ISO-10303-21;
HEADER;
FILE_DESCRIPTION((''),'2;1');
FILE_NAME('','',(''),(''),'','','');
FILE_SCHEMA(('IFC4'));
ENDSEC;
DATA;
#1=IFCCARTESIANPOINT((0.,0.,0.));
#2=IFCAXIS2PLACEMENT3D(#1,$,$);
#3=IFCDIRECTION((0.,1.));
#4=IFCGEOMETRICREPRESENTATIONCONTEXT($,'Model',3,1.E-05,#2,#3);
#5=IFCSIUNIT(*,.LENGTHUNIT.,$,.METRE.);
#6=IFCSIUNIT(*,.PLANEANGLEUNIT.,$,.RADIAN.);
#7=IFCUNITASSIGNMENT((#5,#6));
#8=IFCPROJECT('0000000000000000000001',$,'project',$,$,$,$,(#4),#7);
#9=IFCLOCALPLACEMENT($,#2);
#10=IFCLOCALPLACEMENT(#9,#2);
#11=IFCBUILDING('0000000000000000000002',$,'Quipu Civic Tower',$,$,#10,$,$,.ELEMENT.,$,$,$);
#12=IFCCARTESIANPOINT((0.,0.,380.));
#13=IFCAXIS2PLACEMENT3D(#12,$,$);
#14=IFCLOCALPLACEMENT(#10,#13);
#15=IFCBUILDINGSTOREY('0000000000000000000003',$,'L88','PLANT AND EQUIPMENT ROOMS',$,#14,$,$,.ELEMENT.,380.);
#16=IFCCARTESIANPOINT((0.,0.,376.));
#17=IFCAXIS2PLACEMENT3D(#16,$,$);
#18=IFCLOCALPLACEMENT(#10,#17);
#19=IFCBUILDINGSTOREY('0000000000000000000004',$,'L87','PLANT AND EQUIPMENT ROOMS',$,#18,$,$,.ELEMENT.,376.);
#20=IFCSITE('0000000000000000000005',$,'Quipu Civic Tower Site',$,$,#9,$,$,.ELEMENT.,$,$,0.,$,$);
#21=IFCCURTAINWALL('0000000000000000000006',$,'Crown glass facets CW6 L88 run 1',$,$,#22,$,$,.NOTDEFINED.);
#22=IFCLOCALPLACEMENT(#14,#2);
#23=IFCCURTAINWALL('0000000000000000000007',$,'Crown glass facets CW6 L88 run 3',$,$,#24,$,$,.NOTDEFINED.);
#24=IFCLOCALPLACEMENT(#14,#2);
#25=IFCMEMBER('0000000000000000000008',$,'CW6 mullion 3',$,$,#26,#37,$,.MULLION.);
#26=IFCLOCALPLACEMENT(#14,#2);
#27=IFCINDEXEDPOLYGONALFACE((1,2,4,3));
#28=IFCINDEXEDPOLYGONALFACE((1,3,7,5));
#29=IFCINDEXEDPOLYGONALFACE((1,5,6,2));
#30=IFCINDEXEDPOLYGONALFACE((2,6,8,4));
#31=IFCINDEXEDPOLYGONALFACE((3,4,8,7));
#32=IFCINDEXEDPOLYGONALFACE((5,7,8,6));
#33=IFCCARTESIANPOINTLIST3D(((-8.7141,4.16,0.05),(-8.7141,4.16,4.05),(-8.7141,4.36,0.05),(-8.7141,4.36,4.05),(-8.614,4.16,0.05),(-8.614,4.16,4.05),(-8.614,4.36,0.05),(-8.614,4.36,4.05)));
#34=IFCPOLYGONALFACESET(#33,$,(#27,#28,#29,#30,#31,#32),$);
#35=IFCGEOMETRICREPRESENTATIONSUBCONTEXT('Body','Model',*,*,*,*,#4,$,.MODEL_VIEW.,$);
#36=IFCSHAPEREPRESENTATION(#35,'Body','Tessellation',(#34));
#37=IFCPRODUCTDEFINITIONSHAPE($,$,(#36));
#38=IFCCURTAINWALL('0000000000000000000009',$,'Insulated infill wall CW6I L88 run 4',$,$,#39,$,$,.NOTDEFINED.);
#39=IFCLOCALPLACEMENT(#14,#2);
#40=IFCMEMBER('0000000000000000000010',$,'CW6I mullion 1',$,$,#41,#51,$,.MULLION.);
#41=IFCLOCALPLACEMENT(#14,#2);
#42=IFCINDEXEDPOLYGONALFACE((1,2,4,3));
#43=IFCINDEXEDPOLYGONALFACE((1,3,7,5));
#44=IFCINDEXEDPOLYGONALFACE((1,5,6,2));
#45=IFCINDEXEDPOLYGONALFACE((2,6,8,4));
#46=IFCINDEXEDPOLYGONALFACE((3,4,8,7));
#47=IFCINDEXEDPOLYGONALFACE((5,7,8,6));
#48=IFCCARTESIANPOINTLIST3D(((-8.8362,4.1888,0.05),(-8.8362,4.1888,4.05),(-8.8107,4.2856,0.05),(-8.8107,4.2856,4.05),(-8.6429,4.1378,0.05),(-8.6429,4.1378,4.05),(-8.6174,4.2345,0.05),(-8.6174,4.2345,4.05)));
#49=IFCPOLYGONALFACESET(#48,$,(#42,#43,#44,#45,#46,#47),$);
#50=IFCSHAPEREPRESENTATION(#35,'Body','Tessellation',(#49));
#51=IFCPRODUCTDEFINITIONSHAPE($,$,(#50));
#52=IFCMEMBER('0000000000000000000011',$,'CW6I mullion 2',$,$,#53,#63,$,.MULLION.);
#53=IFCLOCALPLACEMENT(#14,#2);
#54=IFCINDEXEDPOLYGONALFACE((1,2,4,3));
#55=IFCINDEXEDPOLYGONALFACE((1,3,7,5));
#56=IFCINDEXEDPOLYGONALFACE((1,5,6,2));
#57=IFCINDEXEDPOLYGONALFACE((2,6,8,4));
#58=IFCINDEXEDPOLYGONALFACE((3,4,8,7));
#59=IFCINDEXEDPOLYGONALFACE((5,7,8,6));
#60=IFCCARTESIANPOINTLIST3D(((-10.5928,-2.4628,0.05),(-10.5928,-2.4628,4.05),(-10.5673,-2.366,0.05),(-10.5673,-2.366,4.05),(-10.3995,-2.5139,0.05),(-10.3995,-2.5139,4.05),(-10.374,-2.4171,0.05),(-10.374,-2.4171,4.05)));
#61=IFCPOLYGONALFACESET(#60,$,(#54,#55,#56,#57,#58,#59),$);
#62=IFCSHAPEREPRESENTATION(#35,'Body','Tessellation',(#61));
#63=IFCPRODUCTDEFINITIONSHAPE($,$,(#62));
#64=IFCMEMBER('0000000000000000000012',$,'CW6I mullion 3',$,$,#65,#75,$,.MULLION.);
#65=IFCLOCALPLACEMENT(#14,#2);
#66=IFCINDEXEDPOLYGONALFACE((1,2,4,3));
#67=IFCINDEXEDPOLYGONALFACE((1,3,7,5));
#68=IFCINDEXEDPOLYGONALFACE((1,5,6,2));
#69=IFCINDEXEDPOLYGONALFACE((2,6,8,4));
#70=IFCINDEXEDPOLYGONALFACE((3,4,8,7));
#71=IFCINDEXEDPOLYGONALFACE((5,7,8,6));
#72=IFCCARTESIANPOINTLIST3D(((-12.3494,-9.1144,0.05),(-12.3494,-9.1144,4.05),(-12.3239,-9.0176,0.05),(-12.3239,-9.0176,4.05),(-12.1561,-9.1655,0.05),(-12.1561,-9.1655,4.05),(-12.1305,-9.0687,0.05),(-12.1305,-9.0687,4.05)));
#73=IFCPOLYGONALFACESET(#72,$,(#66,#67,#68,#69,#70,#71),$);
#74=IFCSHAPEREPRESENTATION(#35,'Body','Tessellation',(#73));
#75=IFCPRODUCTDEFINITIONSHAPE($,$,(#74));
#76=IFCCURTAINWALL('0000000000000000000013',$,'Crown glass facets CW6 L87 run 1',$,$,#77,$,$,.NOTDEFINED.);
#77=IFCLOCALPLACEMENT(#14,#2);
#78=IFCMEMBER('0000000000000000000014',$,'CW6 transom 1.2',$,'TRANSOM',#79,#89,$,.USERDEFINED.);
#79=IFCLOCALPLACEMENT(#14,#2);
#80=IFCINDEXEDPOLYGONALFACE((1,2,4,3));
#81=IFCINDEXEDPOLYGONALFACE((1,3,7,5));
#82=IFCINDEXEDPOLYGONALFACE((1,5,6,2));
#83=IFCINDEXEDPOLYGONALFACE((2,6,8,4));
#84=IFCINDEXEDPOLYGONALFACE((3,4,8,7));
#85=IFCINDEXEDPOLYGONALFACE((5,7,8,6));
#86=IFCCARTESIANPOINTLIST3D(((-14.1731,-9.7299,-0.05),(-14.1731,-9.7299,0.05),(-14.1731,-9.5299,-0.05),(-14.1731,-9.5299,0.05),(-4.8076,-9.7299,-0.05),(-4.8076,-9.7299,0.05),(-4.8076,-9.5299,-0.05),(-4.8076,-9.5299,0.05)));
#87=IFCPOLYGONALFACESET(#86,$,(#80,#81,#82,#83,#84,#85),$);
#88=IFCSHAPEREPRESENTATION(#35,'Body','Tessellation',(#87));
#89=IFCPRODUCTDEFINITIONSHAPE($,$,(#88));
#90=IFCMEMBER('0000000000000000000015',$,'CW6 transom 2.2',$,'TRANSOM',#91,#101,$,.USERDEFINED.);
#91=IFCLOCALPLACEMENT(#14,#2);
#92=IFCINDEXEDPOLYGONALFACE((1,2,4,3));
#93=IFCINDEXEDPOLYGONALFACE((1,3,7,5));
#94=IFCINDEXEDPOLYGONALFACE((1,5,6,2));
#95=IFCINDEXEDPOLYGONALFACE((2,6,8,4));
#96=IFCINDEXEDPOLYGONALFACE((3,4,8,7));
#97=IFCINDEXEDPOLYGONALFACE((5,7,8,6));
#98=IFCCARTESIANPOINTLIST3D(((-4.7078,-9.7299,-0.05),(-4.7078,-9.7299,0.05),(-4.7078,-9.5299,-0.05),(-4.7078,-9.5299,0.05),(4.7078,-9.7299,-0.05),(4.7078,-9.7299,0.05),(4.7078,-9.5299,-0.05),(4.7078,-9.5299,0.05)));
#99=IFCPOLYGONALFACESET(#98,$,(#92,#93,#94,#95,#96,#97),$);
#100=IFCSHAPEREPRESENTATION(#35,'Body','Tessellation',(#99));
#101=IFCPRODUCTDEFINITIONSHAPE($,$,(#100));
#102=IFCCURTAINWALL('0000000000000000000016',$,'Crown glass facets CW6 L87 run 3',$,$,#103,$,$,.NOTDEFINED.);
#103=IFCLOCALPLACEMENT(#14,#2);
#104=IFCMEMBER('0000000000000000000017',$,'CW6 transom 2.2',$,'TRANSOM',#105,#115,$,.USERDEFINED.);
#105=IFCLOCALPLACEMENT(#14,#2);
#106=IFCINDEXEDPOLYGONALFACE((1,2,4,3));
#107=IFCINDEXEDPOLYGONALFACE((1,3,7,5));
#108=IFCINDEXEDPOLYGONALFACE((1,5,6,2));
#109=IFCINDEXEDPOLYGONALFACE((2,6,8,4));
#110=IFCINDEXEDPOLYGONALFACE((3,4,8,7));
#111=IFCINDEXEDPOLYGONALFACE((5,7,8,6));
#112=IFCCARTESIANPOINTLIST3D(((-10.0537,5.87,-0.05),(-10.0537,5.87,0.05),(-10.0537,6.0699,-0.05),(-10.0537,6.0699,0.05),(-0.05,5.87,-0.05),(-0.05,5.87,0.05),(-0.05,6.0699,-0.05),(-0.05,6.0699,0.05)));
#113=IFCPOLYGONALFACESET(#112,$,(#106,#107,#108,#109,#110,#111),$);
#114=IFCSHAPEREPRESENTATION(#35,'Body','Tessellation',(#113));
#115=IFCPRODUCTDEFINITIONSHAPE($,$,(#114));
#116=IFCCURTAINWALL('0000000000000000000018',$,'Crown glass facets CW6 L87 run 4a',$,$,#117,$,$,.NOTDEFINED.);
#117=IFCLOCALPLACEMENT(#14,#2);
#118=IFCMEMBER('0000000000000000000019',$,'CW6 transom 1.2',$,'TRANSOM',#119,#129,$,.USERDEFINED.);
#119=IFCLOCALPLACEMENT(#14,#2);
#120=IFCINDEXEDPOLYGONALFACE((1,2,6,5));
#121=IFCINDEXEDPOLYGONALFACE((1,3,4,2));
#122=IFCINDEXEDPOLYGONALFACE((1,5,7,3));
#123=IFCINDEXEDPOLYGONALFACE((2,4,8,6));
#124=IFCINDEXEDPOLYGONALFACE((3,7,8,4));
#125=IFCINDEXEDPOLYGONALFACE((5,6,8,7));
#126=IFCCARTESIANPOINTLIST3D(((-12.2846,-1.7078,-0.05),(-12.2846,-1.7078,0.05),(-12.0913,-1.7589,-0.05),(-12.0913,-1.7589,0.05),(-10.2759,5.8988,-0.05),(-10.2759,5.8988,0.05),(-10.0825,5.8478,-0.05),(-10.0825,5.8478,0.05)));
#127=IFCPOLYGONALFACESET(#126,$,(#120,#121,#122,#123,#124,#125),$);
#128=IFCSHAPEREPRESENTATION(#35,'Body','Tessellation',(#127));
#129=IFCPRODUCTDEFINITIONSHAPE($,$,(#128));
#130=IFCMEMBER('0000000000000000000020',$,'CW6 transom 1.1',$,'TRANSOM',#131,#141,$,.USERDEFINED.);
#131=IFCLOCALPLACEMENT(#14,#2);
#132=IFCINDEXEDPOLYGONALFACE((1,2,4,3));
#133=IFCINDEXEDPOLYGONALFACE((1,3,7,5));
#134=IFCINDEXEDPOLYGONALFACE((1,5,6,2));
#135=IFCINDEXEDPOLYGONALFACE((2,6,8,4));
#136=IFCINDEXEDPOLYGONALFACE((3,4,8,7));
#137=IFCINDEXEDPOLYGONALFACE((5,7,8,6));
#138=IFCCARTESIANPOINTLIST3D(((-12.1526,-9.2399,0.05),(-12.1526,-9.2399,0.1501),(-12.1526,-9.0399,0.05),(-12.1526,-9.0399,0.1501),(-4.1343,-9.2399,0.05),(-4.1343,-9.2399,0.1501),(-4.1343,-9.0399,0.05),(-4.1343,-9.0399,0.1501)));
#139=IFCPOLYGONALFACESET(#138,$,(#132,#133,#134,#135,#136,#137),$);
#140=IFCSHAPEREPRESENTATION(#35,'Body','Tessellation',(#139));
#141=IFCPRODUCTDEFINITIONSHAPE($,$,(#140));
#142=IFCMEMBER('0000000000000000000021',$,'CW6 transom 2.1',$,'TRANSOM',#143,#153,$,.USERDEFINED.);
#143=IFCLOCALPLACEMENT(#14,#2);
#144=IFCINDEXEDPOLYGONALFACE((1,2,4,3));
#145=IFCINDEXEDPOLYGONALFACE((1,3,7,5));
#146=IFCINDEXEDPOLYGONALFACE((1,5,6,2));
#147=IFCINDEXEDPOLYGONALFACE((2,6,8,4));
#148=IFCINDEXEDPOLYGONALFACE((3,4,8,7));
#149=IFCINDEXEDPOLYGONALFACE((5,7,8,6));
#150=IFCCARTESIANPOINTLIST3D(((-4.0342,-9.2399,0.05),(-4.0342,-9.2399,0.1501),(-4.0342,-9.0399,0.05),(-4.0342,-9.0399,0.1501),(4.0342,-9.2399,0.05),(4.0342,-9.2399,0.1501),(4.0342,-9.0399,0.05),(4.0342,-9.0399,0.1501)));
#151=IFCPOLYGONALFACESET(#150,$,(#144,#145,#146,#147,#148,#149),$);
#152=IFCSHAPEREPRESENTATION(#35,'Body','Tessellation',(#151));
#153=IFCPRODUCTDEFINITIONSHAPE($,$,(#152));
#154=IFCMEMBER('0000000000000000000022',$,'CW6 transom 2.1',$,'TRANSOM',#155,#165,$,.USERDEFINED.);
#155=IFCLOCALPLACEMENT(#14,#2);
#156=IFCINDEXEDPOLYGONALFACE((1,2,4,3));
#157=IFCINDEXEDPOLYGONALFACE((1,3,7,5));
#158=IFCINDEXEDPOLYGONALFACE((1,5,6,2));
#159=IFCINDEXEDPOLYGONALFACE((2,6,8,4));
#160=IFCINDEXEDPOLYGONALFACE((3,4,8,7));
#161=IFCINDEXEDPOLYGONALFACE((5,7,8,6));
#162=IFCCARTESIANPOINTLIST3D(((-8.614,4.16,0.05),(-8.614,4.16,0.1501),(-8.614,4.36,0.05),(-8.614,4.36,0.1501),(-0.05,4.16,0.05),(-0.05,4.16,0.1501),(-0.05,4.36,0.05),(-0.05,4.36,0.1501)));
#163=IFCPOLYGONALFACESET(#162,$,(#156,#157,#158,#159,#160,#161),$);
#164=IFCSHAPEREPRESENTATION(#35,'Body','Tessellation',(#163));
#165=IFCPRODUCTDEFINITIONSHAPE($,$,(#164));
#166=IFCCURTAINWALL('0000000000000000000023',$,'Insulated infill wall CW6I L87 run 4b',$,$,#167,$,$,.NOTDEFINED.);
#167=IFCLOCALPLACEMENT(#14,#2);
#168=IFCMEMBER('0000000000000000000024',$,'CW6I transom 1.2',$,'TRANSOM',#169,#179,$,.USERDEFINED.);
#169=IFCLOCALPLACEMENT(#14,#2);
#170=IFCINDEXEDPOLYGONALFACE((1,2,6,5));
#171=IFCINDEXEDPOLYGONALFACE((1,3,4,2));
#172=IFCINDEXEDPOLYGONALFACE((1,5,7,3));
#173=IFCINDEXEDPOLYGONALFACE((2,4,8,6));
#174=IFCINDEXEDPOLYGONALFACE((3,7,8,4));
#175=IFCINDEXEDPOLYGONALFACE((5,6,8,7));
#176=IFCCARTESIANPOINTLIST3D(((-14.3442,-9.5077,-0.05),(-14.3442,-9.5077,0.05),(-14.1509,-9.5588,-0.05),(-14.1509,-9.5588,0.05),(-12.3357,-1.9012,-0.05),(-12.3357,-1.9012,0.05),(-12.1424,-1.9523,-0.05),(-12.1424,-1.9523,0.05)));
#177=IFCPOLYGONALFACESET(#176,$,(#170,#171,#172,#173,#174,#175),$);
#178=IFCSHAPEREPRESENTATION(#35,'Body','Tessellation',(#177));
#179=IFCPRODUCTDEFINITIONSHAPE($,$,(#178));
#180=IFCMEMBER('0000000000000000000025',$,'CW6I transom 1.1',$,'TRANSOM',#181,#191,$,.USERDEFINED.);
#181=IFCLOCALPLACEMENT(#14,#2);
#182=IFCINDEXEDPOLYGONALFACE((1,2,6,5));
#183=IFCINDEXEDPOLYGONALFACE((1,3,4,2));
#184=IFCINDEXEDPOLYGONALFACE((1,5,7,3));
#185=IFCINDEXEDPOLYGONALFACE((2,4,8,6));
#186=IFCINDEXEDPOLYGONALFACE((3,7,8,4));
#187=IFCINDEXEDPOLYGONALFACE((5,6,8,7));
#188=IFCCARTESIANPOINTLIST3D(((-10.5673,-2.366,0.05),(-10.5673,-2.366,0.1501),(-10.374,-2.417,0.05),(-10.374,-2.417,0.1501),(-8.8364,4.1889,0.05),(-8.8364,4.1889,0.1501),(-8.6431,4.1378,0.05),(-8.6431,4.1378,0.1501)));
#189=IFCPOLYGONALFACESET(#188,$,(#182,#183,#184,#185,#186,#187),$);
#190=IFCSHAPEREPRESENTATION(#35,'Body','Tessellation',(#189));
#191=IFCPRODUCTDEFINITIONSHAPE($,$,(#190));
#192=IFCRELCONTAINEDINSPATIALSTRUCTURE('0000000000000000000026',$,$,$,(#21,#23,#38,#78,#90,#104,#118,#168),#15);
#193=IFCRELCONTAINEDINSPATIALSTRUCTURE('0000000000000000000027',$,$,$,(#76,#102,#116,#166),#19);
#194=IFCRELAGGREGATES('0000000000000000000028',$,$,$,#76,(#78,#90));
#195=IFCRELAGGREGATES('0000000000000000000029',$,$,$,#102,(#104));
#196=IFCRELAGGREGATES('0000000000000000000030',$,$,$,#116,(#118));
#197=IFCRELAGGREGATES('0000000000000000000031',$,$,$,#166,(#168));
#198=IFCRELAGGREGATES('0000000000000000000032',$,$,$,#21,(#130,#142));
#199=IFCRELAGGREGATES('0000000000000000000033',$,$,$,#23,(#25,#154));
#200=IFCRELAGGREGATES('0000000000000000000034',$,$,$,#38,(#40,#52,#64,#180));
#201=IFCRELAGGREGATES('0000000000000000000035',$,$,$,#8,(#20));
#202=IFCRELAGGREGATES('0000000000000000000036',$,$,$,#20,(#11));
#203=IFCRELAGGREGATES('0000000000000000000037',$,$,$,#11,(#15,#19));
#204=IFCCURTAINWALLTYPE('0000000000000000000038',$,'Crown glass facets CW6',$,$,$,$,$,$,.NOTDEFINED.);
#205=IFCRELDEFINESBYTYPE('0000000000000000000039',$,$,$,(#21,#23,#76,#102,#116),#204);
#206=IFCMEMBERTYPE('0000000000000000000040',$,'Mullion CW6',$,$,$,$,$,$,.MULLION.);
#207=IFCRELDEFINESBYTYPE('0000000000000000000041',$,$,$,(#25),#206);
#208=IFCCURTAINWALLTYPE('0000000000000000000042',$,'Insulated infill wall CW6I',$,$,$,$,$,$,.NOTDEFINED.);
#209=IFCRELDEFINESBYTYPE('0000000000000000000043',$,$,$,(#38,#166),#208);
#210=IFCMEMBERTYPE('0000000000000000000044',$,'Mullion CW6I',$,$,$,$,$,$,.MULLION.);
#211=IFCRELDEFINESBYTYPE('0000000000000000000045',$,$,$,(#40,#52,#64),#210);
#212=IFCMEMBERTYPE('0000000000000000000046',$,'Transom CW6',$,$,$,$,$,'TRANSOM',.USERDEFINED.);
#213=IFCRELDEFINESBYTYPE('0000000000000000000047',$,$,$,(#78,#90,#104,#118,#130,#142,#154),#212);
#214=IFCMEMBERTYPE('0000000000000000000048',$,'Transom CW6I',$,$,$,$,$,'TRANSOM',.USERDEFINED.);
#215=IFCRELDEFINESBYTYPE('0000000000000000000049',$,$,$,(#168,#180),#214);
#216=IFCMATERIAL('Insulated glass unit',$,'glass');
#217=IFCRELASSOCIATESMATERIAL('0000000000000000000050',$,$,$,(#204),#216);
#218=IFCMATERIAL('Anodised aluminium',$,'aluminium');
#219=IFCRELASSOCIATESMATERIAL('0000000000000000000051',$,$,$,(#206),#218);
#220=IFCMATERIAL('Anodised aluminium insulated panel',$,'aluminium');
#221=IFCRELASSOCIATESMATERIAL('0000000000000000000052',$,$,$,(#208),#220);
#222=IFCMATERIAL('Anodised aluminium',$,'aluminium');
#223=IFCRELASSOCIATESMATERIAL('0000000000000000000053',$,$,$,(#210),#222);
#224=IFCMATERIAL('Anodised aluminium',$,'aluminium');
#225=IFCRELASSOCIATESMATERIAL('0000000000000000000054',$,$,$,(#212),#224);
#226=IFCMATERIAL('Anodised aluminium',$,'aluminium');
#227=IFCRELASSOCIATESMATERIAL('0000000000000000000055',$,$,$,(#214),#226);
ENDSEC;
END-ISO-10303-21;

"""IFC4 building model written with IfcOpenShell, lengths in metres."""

from ifc_helpers import new_model, si_unit, direction, frame, origin, origin_2d, place, context, subcontext, project, spatial, rectangle, extrude, material, material_profile, profile_set, type_object, element, aggregate, save


model = new_model("IFC4")

# Units and contexts
model_context = context("Model", 3, precision=1e-05, world=origin(), true_north=direction((0.0, 1.0)))
body_context = subcontext(model_context, "Body", "Model", "MODEL_VIEW")
ifc_project = project(units=[si_unit("LENGTHUNIT", "METRE"), si_unit("PLANEANGLEUNIT", "RADIAN")], contexts=[model_context])

# Site, building, storey
site_placement = place(None, origin())
site = spatial("IfcSite", under=ifc_project, at=site_placement, Name="Quipu Civic Tower Site", CompositionType="ELEMENT", RefElevation=0.0)
building_placement = place(site_placement, origin())
building = spatial("IfcBuilding", under=site, at=building_placement, Name="Quipu Civic Tower", CompositionType="ELEMENT")
storey_1_placement = place(building_placement, frame((0.0, 0.0, 380.0)))
storey_1 = spatial("IfcBuildingStorey", under=building, at=storey_1_placement, Name="L88", Description="PLANT AND EQUIPMENT ROOMS", CompositionType="ELEMENT", Elevation=380.0)

# Curtain wall
ifc_material_1 = material(Name="Insulated glass unit", Category="glass")
curtain_wall_type_1 = type_object("IfcCurtainWallType", Name="Crown glass facets CW6", PredefinedType="NOTDEFINED", material=ifc_material_1)
curtain_wall_1_placement = place(storey_1_placement, origin())
curtain_wall_1 = element("IfcCurtainWall", 1, at=curtain_wall_1_placement, inside=storey_1, type_object=curtain_wall_type_1, Name="Crown glass facets CW6 L88 run 1", PredefinedType="NOTDEFINED")
ifc_material_2 = material(Name="Anodised aluminium", Category="aluminium")
ifc_material_profile_1 = material_profile(ifc_material_2, rectangle(XDim=0.2, YDim=0.1001, at=origin_2d()), Name="RECT 200x100")
ifc_profile_set_1 = profile_set([ifc_material_profile_1], Name="Anodised aluminium")
member_type_1 = type_object("IfcMemberType", Name="Mullion CW6", PredefinedType="MULLION", material=ifc_profile_set_1)

# Curtain wall, member
curtain_wall_2_placement = place(storey_1_placement, origin())
curtain_wall_2 = element("IfcCurtainWall", 2, at=curtain_wall_2_placement, inside=storey_1, type_object=curtain_wall_type_1, Name="Crown glass facets CW6 L88 run 3", PredefinedType="NOTDEFINED")
member_1_placement = place(storey_1_placement, frame((-8.6641, 4.26, 0.05), z_axis=(0.0, 0.0, 1.0), x_axis=(0.0, -1.0, 0.0)))
member_1 = element("IfcMember", 3, at=member_1_placement, type_object=member_type_1, Name="CW6 mullion 3", PredefinedType="MULLION", context=body_context, shape_type="SweptSolid", body=[
    extrude(rectangle(XDim=0.2, YDim=0.1001, at=origin_2d()), origin(), (0.0, 0.0, 1.0), 4.0),
])

# Curtain wall, members
ifc_material_3 = material(Name="Anodised aluminium insulated panel", Category="aluminium")
curtain_wall_type_2 = type_object("IfcCurtainWallType", Name="Insulated infill wall CW6I", PredefinedType="NOTDEFINED", material=ifc_material_3)
curtain_wall_3_placement = place(storey_1_placement, origin())
curtain_wall_3 = element("IfcCurtainWall", 4, at=curtain_wall_3_placement, inside=storey_1, type_object=curtain_wall_type_2, Name="Insulated infill wall CW6I L88 run 4", PredefinedType="NOTDEFINED")
ifc_material_4 = material(Name="Anodised aluminium", Category="aluminium")
ifc_material_profile_2 = material_profile(ifc_material_4, rectangle(XDim=0.2, YDim=0.1001, at=origin_2d()), Name="RECT 200x100")
ifc_profile_set_2 = profile_set([ifc_material_profile_2], Name="Anodised aluminium")
member_type_2 = type_object("IfcMemberType", Name="Mullion CW6I", PredefinedType="MULLION", material=ifc_profile_set_2)
member_2_placement = place(storey_1_placement, frame((-8.7268, 4.2117, 0.05), z_axis=(0.0, 0.0, 1.0), x_axis=(0.966856, -0.255322, 0.0)))
member_2 = element("IfcMember", 5, at=member_2_placement, type_object=member_type_2, Name="CW6I mullion 1", PredefinedType="MULLION", context=body_context, shape_type="SweptSolid", body=[
    extrude(rectangle(XDim=0.2, YDim=0.1001, at=origin_2d()), origin(), (0.0, 0.0, 1.0), 4.0),
])
member_3_placement = place(storey_1_placement, frame((-10.4834, -2.4399, 0.05), z_axis=(0.0, 0.0, 1.0), x_axis=(0.966856, -0.255322, 0.0)))
member_3 = element("IfcMember", 6, at=member_3_placement, type_object=member_type_2, Name="CW6I mullion 2", PredefinedType="MULLION", context=body_context, shape_type="SweptSolid", body=[
    extrude(rectangle(XDim=0.2, YDim=0.1001, at=origin_2d()), origin(), (0.0, 0.0, 1.0), 4.0),
])
member_4_placement = place(storey_1_placement, frame((-12.24, -9.0916, 0.05), z_axis=(0.0, 0.0, 1.0), x_axis=(0.966856, -0.255322, 0.0)))
member_4 = element("IfcMember", 7, at=member_4_placement, type_object=member_type_2, Name="CW6I mullion 3", PredefinedType="MULLION", context=body_context, shape_type="SweptSolid", body=[
    extrude(rectangle(XDim=0.2, YDim=0.1001, at=origin_2d()), origin(), (0.0, 0.0, 1.0), 4.0),
])

# Shared definitions
storey_2_placement = place(building_placement, frame((0.0, 0.0, 376.0)))
storey_2 = spatial("IfcBuildingStorey", under=building, at=storey_2_placement, Name="L87", Description="PLANT AND EQUIPMENT ROOMS", CompositionType="ELEMENT", Elevation=376.0)

# Curtain wall, members
curtain_wall_4_placement = place(storey_2_placement, origin())
curtain_wall_4 = element("IfcCurtainWall", 8, at=curtain_wall_4_placement, inside=storey_2, type_object=curtain_wall_type_1, Name="Crown glass facets CW6 L87 run 1", PredefinedType="NOTDEFINED")
ifc_material_5 = material(Name="Anodised aluminium", Category="aluminium")
ifc_material_profile_3 = material_profile(ifc_material_5, rectangle(XDim=0.2, YDim=0.1001, at=origin_2d()), Name="RECT 200x100")
ifc_profile_set_3 = profile_set([ifc_material_profile_3], Name="Anodised aluminium")
member_type_3 = type_object("IfcMemberType", Name="Transom CW6", ElementType="TRANSOM", PredefinedType="USERDEFINED", material=ifc_profile_set_3)
member_5_placement = place(storey_1_placement, frame((-14.1731, -9.6299, 0.0), z_axis=(1.0, 0.0, 0.0), x_axis=(0.0, 1.0, 0.0)))
member_5 = element("IfcMember", 9, at=member_5_placement, inside=storey_1, type_object=member_type_3, Name="CW6 transom 1.2", ObjectType="TRANSOM", PredefinedType="USERDEFINED", context=body_context, shape_type="SweptSolid", body=[
    extrude(rectangle(XDim=0.2, YDim=0.1001, at=origin_2d()), origin(), (0.0, 0.0, 1.0), 9.3655),
])
member_6_placement = place(storey_1_placement, frame((-4.7078, -9.6299, 0.0), z_axis=(1.0, 0.0, 0.0), x_axis=(0.0, 1.0, 0.0)))
member_6 = element("IfcMember", 10, at=member_6_placement, inside=storey_1, type_object=member_type_3, Name="CW6 transom 2.2", ObjectType="TRANSOM", PredefinedType="USERDEFINED", context=body_context, shape_type="SweptSolid", body=[
    extrude(rectangle(XDim=0.2, YDim=0.1001, at=origin_2d()), origin(), (0.0, 0.0, 1.0), 9.4155),
])
aggregate(curtain_wall_4, [member_5, member_6])

# Curtain walls, members
curtain_wall_5_placement = place(storey_2_placement, origin())
curtain_wall_5 = element("IfcCurtainWall", 11, at=curtain_wall_5_placement, inside=storey_2, type_object=curtain_wall_type_1, Name="Crown glass facets CW6 L87 run 3", PredefinedType="NOTDEFINED")
member_7_placement = place(storey_1_placement, frame((-0.05, 5.97, 0.0), z_axis=(-1.0, 0.0, 0.0), x_axis=(0.0, -1.0, 0.0)))
member_7 = element("IfcMember", 12, at=member_7_placement, inside=storey_1, type_object=member_type_3, Name="CW6 transom 2.2", ObjectType="TRANSOM", PredefinedType="USERDEFINED", context=body_context, shape_type="SweptSolid", body=[
    extrude(rectangle(XDim=0.2, YDim=0.1001, at=origin_2d()), origin(), (0.0, 0.0, 1.0), 10.0037),
])
aggregate(curtain_wall_5, [member_7])
curtain_wall_6_placement = place(storey_2_placement, origin())
curtain_wall_6 = element("IfcCurtainWall", 13, at=curtain_wall_6_placement, inside=storey_2, type_object=curtain_wall_type_1, Name="Crown glass facets CW6 L87 run 4a", PredefinedType="NOTDEFINED")
member_8_placement = place(storey_1_placement, frame((-10.1792, 5.8733, 0.0), z_axis=(-0.255329, -0.966854, 0.0), x_axis=(0.966854, -0.255329, 0.0)))
member_8 = element("IfcMember", 14, at=member_8_placement, inside=storey_1, type_object=member_type_3, Name="CW6 transom 1.2", ObjectType="TRANSOM", PredefinedType="USERDEFINED", context=body_context, shape_type="SweptSolid", body=[
    extrude(rectangle(XDim=0.2, YDim=0.1001, at=origin_2d()), origin(), (0.0, 0.0, 1.0), 7.8674),
])
aggregate(curtain_wall_6, [member_8])

# Members
member_9_placement = place(storey_1_placement, frame((-12.1526, -9.1399, 0.1001), z_axis=(1.0, 0.0, 0.0), x_axis=(0.0, 1.0, 0.0)))
member_9 = element("IfcMember", 15, at=member_9_placement, type_object=member_type_3, Name="CW6 transom 1.1", ObjectType="TRANSOM", PredefinedType="USERDEFINED", context=body_context, shape_type="SweptSolid", body=[
    extrude(rectangle(XDim=0.2, YDim=0.1001, at=origin_2d()), origin(), (0.0, 0.0, 1.0), 8.0183),
])
member_10_placement = place(storey_1_placement, frame((-4.0342, -9.1399, 0.1001), z_axis=(1.0, 0.0, 0.0), x_axis=(0.0, 1.0, 0.0)))
member_10 = element("IfcMember", 16, at=member_10_placement, type_object=member_type_3, Name="CW6 transom 2.1", ObjectType="TRANSOM", PredefinedType="USERDEFINED", context=body_context, shape_type="SweptSolid", body=[
    extrude(rectangle(XDim=0.2, YDim=0.1001, at=origin_2d()), origin(), (0.0, 0.0, 1.0), 8.0684),
])
member_11_placement = place(storey_1_placement, frame((-0.05, 4.26, 0.1001), z_axis=(-1.0, 0.0, 0.0), x_axis=(0.0, -1.0, 0.0)))
member_11 = element("IfcMember", 17, at=member_11_placement, type_object=member_type_3, Name="CW6 transom 2.1", ObjectType="TRANSOM", PredefinedType="USERDEFINED", context=body_context, shape_type="SweptSolid", body=[
    extrude(rectangle(XDim=0.2, YDim=0.1001, at=origin_2d()), origin(), (0.0, 0.0, 1.0), 8.564),
])

# Curtain wall, member
curtain_wall_7_placement = place(storey_2_placement, origin())
curtain_wall_7 = element("IfcCurtainWall", 18, at=curtain_wall_7_placement, inside=storey_2, type_object=curtain_wall_type_2, Name="Insulated infill wall CW6I L87 run 4b", PredefinedType="NOTDEFINED")
ifc_material_6 = material(Name="Anodised aluminium", Category="aluminium")
ifc_material_profile_4 = material_profile(ifc_material_6, rectangle(XDim=0.2, YDim=0.1001, at=origin_2d()), Name="RECT 200x100")
ifc_profile_set_4 = profile_set([ifc_material_profile_4], Name="Anodised aluminium")
member_type_4 = type_object("IfcMemberType", Name="Transom CW6I", ElementType="TRANSOM", PredefinedType="USERDEFINED", material=ifc_profile_set_4)
member_12_placement = place(storey_1_placement, frame((-12.239, -1.9268, 0.0), z_axis=(-0.255307, -0.96686, 0.0), x_axis=(0.96686, -0.255307, 0.0)))
member_12 = element("IfcMember", 19, at=member_12_placement, inside=storey_1, type_object=member_type_4, Name="CW6I transom 1.2", ObjectType="TRANSOM", PredefinedType="USERDEFINED", context=body_context, shape_type="SweptSolid", body=[
    extrude(rectangle(XDim=0.2, YDim=0.1001, at=origin_2d()), origin(), (0.0, 0.0, 1.0), 7.8672),
])
aggregate(curtain_wall_7, [member_12])

# Member
member_13_placement = place(storey_1_placement, frame((-8.7397, 4.1633, 0.1001), z_axis=(-0.255317, -0.966857, 0.0), x_axis=(0.966857, -0.255317, 0.0)))
member_13 = element("IfcMember", 20, at=member_13_placement, type_object=member_type_4, Name="CW6I transom 1.1", ObjectType="TRANSOM", PredefinedType="USERDEFINED", context=body_context, shape_type="SweptSolid", body=[
    extrude(rectangle(XDim=0.2, YDim=0.1001, at=origin_2d()), origin(), (0.0, 0.0, 1.0), 6.7795),
])

aggregate(curtain_wall_1, [member_9, member_10])
aggregate(curtain_wall_2, [member_1, member_11])
aggregate(curtain_wall_3, [member_2, member_3, member_4, member_13])

save(model, "model.ifc")
